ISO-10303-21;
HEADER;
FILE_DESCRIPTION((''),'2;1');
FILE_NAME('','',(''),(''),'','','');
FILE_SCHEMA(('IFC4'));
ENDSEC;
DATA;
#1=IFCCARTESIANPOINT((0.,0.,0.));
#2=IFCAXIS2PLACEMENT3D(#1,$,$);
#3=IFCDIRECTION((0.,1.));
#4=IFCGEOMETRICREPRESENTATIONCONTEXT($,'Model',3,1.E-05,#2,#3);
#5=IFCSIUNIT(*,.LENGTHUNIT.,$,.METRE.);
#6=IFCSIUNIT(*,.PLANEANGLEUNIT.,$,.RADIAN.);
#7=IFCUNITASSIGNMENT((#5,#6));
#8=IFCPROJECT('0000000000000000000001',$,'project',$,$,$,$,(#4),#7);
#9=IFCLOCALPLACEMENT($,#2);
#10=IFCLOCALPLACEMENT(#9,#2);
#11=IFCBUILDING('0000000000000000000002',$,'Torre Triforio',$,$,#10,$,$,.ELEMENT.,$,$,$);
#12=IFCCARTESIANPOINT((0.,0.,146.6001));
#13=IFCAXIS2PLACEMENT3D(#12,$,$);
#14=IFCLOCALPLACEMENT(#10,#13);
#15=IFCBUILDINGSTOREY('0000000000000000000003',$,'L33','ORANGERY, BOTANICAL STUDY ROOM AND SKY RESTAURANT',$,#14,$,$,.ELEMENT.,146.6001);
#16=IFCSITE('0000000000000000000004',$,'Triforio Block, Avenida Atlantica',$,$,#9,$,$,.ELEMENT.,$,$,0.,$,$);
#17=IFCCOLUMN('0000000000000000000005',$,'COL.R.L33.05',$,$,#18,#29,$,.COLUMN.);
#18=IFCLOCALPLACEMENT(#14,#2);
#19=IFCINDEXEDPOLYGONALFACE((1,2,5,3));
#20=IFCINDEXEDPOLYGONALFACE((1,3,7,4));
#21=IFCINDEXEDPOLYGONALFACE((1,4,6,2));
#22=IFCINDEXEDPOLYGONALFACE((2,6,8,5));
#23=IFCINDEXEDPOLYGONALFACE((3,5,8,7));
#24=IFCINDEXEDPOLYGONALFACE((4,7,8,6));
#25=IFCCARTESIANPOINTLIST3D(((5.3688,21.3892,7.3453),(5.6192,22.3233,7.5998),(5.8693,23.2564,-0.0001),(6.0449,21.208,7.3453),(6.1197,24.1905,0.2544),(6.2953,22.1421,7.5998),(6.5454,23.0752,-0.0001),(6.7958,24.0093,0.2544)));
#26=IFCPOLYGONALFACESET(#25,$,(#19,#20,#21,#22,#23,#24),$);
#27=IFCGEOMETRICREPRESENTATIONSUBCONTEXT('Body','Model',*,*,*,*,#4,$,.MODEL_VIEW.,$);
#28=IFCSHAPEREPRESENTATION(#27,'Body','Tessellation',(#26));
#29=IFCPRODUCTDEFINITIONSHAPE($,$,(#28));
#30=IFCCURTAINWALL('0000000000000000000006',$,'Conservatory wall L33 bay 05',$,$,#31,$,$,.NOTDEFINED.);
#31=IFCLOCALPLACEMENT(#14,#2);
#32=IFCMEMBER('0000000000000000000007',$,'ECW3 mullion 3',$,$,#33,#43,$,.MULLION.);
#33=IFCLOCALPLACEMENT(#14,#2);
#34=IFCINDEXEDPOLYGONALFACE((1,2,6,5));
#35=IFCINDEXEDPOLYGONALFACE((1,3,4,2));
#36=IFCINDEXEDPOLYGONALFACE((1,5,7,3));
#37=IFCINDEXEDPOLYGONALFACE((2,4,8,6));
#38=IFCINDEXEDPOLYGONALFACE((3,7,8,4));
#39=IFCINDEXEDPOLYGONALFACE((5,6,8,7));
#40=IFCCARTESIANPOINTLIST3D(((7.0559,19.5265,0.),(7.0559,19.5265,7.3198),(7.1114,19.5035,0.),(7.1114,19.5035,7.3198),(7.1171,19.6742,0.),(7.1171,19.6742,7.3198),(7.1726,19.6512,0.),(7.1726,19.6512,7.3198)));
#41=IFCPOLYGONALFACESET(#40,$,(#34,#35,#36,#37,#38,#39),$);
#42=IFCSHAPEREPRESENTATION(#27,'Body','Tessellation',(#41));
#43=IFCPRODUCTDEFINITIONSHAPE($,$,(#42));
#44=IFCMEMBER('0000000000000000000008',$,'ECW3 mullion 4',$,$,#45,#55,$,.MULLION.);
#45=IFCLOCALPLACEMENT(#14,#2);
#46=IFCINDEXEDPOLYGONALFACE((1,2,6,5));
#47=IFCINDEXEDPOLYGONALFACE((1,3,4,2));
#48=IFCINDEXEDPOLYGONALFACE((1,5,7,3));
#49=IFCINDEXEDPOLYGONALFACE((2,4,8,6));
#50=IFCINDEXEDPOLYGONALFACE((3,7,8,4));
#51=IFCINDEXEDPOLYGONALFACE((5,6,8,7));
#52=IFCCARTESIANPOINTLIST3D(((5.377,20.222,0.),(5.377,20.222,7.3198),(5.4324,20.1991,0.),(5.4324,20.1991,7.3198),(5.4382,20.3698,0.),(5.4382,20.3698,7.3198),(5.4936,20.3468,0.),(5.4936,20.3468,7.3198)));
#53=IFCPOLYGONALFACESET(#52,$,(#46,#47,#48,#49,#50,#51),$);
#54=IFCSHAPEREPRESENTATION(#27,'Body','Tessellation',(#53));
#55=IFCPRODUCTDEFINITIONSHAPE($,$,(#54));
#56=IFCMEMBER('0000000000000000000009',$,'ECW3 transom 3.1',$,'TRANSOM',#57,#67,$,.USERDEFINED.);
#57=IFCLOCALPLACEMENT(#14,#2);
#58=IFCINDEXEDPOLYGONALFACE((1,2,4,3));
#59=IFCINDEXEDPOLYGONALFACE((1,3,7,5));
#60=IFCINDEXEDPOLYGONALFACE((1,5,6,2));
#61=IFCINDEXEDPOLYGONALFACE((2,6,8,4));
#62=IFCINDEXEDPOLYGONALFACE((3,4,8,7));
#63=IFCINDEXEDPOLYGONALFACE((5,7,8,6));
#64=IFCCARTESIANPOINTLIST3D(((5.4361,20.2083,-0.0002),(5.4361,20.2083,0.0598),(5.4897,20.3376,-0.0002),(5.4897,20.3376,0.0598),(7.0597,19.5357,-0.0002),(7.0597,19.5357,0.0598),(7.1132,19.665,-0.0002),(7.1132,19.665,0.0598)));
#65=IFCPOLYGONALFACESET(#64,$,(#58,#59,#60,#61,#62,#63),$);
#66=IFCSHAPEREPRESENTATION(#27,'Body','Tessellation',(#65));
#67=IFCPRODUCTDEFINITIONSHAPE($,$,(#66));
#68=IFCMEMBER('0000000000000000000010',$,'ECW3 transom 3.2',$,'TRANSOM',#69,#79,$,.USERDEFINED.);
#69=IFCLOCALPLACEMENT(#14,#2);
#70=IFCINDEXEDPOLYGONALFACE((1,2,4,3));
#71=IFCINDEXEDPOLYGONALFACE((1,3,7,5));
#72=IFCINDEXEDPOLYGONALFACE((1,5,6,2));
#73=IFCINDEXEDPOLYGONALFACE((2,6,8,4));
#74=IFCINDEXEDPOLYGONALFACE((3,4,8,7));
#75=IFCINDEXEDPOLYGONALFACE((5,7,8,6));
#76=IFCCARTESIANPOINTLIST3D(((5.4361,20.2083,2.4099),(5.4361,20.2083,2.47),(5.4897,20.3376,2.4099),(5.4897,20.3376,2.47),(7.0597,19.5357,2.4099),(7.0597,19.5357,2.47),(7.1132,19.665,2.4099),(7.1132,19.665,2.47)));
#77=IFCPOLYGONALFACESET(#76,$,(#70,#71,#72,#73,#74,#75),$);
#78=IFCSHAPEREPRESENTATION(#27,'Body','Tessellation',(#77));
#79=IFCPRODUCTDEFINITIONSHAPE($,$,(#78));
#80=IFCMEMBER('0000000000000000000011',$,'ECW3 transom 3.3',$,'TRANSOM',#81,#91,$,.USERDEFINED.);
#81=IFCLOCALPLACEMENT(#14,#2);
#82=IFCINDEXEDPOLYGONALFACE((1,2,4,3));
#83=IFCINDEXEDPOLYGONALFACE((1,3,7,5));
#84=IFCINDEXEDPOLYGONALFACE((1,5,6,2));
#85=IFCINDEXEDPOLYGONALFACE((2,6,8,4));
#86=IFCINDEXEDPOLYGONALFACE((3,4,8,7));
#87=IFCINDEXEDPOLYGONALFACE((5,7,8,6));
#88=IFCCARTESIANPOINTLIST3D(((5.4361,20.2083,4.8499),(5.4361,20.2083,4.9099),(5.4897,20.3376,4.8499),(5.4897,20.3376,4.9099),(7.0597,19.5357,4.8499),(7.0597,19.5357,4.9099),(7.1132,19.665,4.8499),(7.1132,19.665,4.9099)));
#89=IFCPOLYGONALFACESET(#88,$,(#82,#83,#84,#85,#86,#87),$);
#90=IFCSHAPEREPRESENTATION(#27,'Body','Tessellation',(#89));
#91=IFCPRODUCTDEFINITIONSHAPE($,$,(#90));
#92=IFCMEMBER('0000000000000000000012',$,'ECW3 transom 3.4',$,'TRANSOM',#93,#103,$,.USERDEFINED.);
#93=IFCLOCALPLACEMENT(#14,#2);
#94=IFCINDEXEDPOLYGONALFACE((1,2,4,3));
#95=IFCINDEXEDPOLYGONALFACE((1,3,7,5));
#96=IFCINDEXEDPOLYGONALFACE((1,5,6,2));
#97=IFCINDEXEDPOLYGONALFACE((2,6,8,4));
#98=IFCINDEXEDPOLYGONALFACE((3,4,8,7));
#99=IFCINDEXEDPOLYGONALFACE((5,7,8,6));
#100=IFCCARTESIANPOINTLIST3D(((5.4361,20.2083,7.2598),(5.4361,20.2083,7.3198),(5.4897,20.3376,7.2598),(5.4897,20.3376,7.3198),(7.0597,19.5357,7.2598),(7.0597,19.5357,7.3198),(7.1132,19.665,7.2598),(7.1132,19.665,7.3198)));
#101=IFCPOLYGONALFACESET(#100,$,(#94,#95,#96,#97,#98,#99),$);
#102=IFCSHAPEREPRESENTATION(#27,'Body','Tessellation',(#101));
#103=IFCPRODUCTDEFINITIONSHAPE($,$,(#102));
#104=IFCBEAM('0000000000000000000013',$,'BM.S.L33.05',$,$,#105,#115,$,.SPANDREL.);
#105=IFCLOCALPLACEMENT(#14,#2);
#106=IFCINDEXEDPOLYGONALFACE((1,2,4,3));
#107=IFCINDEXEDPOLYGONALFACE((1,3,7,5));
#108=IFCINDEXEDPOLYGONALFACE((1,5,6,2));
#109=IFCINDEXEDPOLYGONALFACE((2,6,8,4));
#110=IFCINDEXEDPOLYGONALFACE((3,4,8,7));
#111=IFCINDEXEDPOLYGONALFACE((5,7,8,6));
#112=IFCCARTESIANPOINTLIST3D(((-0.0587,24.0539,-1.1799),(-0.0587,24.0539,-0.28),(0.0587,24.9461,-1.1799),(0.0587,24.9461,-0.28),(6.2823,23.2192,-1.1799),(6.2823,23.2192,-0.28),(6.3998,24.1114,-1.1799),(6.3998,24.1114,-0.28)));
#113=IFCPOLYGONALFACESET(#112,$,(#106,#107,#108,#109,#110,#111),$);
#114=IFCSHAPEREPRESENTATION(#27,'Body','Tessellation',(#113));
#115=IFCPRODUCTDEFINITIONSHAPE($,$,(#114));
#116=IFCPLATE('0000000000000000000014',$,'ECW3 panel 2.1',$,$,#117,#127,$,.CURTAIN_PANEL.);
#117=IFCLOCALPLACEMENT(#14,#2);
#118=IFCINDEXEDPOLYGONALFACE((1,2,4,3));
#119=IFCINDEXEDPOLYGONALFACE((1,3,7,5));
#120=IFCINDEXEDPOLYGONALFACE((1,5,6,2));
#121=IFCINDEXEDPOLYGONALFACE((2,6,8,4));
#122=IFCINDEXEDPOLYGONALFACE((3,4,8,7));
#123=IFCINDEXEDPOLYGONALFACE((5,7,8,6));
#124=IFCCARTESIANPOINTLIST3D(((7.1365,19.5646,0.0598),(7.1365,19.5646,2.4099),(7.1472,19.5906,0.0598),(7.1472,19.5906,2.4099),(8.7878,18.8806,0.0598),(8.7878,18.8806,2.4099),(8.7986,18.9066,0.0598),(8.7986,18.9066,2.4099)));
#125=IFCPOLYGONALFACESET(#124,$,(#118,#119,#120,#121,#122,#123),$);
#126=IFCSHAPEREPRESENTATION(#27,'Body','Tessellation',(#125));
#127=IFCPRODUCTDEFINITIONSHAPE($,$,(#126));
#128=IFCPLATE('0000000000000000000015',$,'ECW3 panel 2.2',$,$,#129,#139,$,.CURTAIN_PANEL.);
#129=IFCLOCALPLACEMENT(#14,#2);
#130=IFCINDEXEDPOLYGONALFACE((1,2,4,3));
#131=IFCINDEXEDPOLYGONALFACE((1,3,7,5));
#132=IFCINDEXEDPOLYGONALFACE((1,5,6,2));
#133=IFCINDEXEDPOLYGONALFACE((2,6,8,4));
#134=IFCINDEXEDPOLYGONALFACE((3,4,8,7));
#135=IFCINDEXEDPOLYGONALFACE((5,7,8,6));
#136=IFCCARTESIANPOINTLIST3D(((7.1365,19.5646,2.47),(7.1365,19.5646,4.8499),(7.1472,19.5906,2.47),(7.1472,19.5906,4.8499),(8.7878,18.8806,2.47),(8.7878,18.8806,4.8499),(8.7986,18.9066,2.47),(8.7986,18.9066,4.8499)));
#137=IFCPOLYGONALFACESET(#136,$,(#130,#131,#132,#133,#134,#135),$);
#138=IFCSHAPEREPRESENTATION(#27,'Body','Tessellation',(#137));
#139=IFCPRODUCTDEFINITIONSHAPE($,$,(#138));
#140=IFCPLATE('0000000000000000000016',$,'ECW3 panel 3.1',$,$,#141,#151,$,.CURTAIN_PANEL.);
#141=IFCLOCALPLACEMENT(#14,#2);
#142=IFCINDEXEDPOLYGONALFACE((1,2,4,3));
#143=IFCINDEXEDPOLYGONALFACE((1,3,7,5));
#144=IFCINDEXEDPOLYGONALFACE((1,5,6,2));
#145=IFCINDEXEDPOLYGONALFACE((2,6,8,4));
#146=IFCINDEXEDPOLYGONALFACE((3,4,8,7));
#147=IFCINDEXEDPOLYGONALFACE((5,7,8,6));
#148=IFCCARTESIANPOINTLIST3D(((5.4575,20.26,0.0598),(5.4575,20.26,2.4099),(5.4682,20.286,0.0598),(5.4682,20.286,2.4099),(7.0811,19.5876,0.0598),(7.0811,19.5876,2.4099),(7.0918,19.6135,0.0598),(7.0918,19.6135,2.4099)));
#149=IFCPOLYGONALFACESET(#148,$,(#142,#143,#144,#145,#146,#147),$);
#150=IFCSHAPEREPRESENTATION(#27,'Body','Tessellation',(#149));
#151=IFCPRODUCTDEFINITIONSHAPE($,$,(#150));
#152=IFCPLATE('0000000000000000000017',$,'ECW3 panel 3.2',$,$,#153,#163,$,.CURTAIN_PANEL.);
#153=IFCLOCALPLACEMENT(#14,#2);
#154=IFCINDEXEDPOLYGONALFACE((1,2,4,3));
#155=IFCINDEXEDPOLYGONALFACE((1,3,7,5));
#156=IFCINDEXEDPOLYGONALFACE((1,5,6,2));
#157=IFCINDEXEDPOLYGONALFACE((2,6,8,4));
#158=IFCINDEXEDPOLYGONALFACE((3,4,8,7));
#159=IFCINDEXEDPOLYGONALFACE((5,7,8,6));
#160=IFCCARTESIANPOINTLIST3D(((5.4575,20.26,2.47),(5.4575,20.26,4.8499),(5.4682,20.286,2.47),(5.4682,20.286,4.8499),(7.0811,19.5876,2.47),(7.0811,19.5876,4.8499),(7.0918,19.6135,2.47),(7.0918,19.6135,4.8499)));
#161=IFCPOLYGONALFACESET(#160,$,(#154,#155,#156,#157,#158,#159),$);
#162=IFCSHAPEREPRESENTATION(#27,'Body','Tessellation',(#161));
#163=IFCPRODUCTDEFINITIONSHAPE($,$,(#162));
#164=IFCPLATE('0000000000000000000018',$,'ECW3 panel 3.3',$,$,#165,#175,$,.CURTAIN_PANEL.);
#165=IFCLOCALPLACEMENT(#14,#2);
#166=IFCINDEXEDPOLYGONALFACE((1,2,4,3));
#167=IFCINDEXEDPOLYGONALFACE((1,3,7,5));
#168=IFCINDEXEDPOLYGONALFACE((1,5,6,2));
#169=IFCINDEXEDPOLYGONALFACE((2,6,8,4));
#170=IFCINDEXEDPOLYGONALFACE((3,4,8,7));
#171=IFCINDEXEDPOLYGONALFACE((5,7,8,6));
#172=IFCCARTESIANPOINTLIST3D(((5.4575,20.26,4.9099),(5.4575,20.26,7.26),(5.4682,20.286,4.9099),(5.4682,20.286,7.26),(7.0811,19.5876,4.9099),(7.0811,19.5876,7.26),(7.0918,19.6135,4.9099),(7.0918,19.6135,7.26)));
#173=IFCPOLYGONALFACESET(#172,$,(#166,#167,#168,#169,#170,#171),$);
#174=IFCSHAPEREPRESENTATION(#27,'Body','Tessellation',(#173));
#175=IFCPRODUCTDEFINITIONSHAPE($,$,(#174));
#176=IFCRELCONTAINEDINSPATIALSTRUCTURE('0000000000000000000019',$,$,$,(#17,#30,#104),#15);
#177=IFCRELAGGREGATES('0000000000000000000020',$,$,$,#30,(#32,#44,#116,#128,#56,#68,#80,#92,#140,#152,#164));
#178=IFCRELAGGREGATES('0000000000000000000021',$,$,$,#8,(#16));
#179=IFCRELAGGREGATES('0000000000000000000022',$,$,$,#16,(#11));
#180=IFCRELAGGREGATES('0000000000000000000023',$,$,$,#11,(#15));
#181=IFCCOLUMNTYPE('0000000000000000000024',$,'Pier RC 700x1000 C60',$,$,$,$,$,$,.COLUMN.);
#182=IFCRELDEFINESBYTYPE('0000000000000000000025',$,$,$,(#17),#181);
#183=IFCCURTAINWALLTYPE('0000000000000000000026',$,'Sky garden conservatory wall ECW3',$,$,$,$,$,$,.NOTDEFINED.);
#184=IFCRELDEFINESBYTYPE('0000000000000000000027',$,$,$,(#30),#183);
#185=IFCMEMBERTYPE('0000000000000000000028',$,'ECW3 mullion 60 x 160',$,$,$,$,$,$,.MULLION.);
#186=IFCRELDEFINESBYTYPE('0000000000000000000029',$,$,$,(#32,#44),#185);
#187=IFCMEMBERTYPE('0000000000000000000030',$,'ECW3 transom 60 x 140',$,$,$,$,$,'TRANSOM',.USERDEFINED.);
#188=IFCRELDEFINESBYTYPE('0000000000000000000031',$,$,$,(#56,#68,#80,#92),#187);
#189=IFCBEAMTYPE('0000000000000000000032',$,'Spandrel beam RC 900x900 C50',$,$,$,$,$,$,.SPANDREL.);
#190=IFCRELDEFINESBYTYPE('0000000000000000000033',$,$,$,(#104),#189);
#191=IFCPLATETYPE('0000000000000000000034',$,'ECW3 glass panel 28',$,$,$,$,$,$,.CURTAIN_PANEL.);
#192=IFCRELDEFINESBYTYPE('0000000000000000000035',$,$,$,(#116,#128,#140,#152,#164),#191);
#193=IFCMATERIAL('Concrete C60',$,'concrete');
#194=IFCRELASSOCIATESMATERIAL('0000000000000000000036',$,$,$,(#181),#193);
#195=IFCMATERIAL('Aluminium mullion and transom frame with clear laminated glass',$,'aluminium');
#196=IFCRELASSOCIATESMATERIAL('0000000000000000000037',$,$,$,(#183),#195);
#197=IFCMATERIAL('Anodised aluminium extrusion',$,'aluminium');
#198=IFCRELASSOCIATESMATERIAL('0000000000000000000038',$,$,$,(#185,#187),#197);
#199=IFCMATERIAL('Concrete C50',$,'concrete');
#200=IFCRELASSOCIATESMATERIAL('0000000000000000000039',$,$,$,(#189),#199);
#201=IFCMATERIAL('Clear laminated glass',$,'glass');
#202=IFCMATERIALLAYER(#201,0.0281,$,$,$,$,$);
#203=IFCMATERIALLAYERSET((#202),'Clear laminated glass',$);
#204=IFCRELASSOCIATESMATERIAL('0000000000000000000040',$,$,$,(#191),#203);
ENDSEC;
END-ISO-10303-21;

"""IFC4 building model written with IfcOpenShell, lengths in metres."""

from ifc_helpers import new_model, si_unit, direction, frame, origin, origin_2d, place, context, subcontext, project, spatial, rectangle, extrude, material, layer, layer_set, material_profile, profile_set, type_object, element, aggregate, save


model = new_model("IFC4")

# Units and contexts
model_context = context("Model", 3, precision=1e-05, world=origin(), true_north=direction((0.0, 1.0)))
body_context = subcontext(model_context, "Body", "Model", "MODEL_VIEW")
ifc_project = project(units=[si_unit("LENGTHUNIT", "METRE"), si_unit("PLANEANGLEUNIT", "RADIAN")], contexts=[model_context])

# Site, building, storey
site_placement = place(None, origin())
site = spatial("IfcSite", under=ifc_project, at=site_placement, Name="Triforio Block, Avenida Atlantica", CompositionType="ELEMENT", RefElevation=0.0)
building_placement = place(site_placement, origin())
building = spatial("IfcBuilding", under=site, at=building_placement, Name="Torre Triforio", CompositionType="ELEMENT")
storey_placement = place(building_placement, frame((0.0, 0.0, 146.6001)))
storey = spatial("IfcBuildingStorey", under=building, at=storey_placement, Name="L33", Description="ORANGERY, BOTANICAL STUDY ROOM AND SKY RESTAURANT", CompositionType="ELEMENT", Elevation=146.6001)

# Column
ifc_material_1 = material(Name="Concrete C60", Category="concrete")
ifc_material_profile_1 = material_profile(ifc_material_1, rectangle(XDim=0.7, YDim=1.0, at=origin_2d()), Name="RC 700x1000")
ifc_profile_set_1 = profile_set([ifc_material_profile_1], Name="Concrete C60")
column_type = type_object("IfcColumnType", Name="Pier RC 700x1000 C60", PredefinedType="COLUMN", material=ifc_profile_set_1)
column_placement = place(storey_placement, frame((6.3325, 23.6328, 0.1272), z_axis=(-0.065892, -0.245826, 0.967072), x_axis=(0.965903, -0.258904, 0.0)))
element("IfcColumn", 1, at=column_placement, inside=storey, type_object=column_type, Name="COL.R.L33.05", PredefinedType="COLUMN", context=body_context, shape_type="SweptSolid", body=[
    extrude(rectangle(XDim=0.7, YDim=1.0, at=origin_2d()), origin(), (0.0, 0.0, 1.0), 7.5955),
])

# Curtain wall, members
ifc_material_2 = material(Name="Aluminium mullion and transom frame with clear laminated glass", Category="aluminium")
curtain_wall_type = type_object("IfcCurtainWallType", Name="Sky garden conservatory wall ECW3", PredefinedType="NOTDEFINED", material=ifc_material_2)
curtain_wall_placement = place(storey_placement, origin())
curtain_wall = element("IfcCurtainWall", 2, at=curtain_wall_placement, inside=storey, type_object=curtain_wall_type, Name="Conservatory wall L33 bay 05", PredefinedType="NOTDEFINED")
ifc_material_3 = material(Name="Anodised aluminium extrusion", Category="aluminium")
ifc_material_profile_2 = material_profile(ifc_material_3, rectangle(XDim=0.1599, YDim=0.0601, at=origin_2d()), Name="ECW3 MULLION 60x160")
ifc_profile_set_2 = profile_set([ifc_material_profile_2], Name="Anodised aluminium extrusion")
member_type_1 = type_object("IfcMemberType", Name="ECW3 mullion 60 x 160", PredefinedType="MULLION", material=ifc_profile_set_2)
member_1_placement = place(storey_placement, frame((7.1143, 19.5889, 0.0), z_axis=(0.0, 0.0, 1.0), x_axis=(-0.382675, -0.923883, 0.0)))
member_1 = element("IfcMember", 3, at=member_1_placement, type_object=member_type_1, Name="ECW3 mullion 3", PredefinedType="MULLION", context=body_context, shape_type="SweptSolid", body=[
    extrude(rectangle(XDim=0.1599, YDim=0.0601, at=origin_2d()), origin(), (0.0, 0.0, 1.0), 7.3198),
])
member_2_placement = place(storey_placement, frame((5.4353, 20.2844, 0.0), z_axis=(0.0, 0.0, 1.0), x_axis=(-0.382675, -0.923883, 0.0)))
member_2 = element("IfcMember", 4, at=member_2_placement, type_object=member_type_1, Name="ECW3 mullion 4", PredefinedType="MULLION", context=body_context, shape_type="SweptSolid", body=[
    extrude(rectangle(XDim=0.1599, YDim=0.0601, at=origin_2d()), origin(), (0.0, 0.0, 1.0), 7.3198),
])
ifc_material_profile_3 = material_profile(ifc_material_3, rectangle(XDim=0.1399, YDim=0.0601, at=origin_2d()), Name="ECW3 TRANSOM 60x140")
ifc_profile_set_3 = profile_set([ifc_material_profile_3], Name="Anodised aluminium extrusion")
member_type_2 = type_object("IfcMemberType", Name="ECW3 transom 60 x 140", ElementType="TRANSOM", PredefinedType="USERDEFINED", material=ifc_profile_set_3)
member_3_placement = place(storey_placement, frame((7.0864, 19.6003, 0.0298), z_axis=(-0.923856, 0.38274, 0.0), x_axis=(-0.38274, -0.923856, 0.0)))
member_3 = element("IfcMember", 5, at=member_3_placement, type_object=member_type_2, Name="ECW3 transom 3.1", ObjectType="TRANSOM", PredefinedType="USERDEFINED", context=body_context, shape_type="SweptSolid", body=[
    extrude(rectangle(XDim=0.1399, YDim=0.0601, at=origin_2d()), origin(), (0.0, 0.0, 1.0), 1.7573),
])
member_4_placement = place(storey_placement, frame((7.0864, 19.6003, 2.4399), z_axis=(-0.923856, 0.38274, 0.0), x_axis=(-0.38274, -0.923856, 0.0)))
member_4 = element("IfcMember", 6, at=member_4_placement, type_object=member_type_2, Name="ECW3 transom 3.2", ObjectType="TRANSOM", PredefinedType="USERDEFINED", context=body_context, shape_type="SweptSolid", body=[
    extrude(rectangle(XDim=0.1399, YDim=0.0601, at=origin_2d()), origin(), (0.0, 0.0, 1.0), 1.7573),
])
member_5_placement = place(storey_placement, frame((7.0864, 19.6003, 4.8799), z_axis=(-0.923856, 0.38274, 0.0), x_axis=(-0.38274, -0.923856, 0.0)))
member_5 = element("IfcMember", 7, at=member_5_placement, type_object=member_type_2, Name="ECW3 transom 3.3", ObjectType="TRANSOM", PredefinedType="USERDEFINED", context=body_context, shape_type="SweptSolid", body=[
    extrude(rectangle(XDim=0.1399, YDim=0.0601, at=origin_2d()), origin(), (0.0, 0.0, 1.0), 1.7573),
])
member_6_placement = place(storey_placement, frame((7.0864, 19.6003, 7.2898), z_axis=(-0.923856, 0.38274, 0.0), x_axis=(-0.38274, -0.923856, 0.0)))
member_6 = element("IfcMember", 8, at=member_6_placement, type_object=member_type_2, Name="ECW3 transom 3.4", ObjectType="TRANSOM", PredefinedType="USERDEFINED", context=body_context, shape_type="SweptSolid", body=[
    extrude(rectangle(XDim=0.1399, YDim=0.0601, at=origin_2d()), origin(), (0.0, 0.0, 1.0), 1.7573),
])

# Beam
ifc_material_4 = material(Name="Concrete C50", Category="concrete")
ifc_material_profile_4 = material_profile(ifc_material_4, rectangle(XDim=0.8999, YDim=0.8999, at=origin_2d()), Name="RC 900x900")
ifc_profile_set_4 = profile_set([ifc_material_profile_4], Name="Concrete C50")
beam_type = type_object("IfcBeamType", Name="Spandrel beam RC 900x900 C50", PredefinedType="SPANDREL", material=ifc_profile_set_4)
beam_placement = place(storey_placement, frame((6.3411, 23.6653, -0.73), z_axis=(-0.991447, 0.130511, 0.0), x_axis=(-0.130511, -0.991447, 0.0)))
element("IfcBeam", 9, at=beam_placement, inside=storey, type_object=beam_type, Name="BM.S.L33.05", PredefinedType="SPANDREL", context=body_context, shape_type="SweptSolid", body=[
    extrude(rectangle(XDim=0.8999, YDim=0.8999, at=origin_2d()), origin(), (0.0, 0.0, 1.0), 6.3958),
])

# Plates
ifc_material_5 = material(Name="Clear laminated glass", Category="glass")
ifc_layer_1 = layer(ifc_material_5, 0.0281)
ifc_layer_set_1 = layer_set([ifc_layer_1], Name="Clear laminated glass")
plate_type = type_object("IfcPlateType", Name="ECW3 glass panel 28", PredefinedType="CURTAIN_PANEL", material=ifc_layer_set_1)
plate_1_placement = place(storey_placement, frame((7.9675, 19.2356, 0.0598), z_axis=(0.0, 0.0, 1.0), x_axis=(-0.923883, 0.382675, 0.0)))
plate_1 = element("IfcPlate", 10, at=plate_1_placement, type_object=plate_type, Name="ECW3 panel 2.1", PredefinedType="CURTAIN_PANEL", context=body_context, shape_type="SweptSolid", body=[
    extrude(rectangle(XDim=1.7874, YDim=0.0281, at=origin_2d()), origin(), (0.0, 0.0, 1.0), 2.3501),
])
plate_2_placement = place(storey_placement, frame((7.9675, 19.2356, 2.47), z_axis=(0.0, 0.0, 1.0), x_axis=(-0.923883, 0.382675, 0.0)))
plate_2 = element("IfcPlate", 11, at=plate_2_placement, type_object=plate_type, Name="ECW3 panel 2.2", PredefinedType="CURTAIN_PANEL", context=body_context, shape_type="SweptSolid", body=[
    extrude(rectangle(XDim=1.7874, YDim=0.0281, at=origin_2d()), origin(), (0.0, 0.0, 1.0), 2.3799),
])
plate_3_placement = place(storey_placement, frame((6.2747, 19.9368, 0.0598), z_axis=(0.0, 0.0, 1.0), x_axis=(-0.923883, 0.382675, 0.0)))
plate_3 = element("IfcPlate", 12, at=plate_3_placement, type_object=plate_type, Name="ECW3 panel 3.1", PredefinedType="CURTAIN_PANEL", context=body_context, shape_type="SweptSolid", body=[
    extrude(rectangle(XDim=1.7573, YDim=0.0281, at=origin_2d()), origin(), (0.0, 0.0, 1.0), 2.3501),
])
plate_4_placement = place(storey_placement, frame((6.2747, 19.9368, 2.47), z_axis=(0.0, 0.0, 1.0), x_axis=(-0.923883, 0.382675, 0.0)))
plate_4 = element("IfcPlate", 13, at=plate_4_placement, type_object=plate_type, Name="ECW3 panel 3.2", PredefinedType="CURTAIN_PANEL", context=body_context, shape_type="SweptSolid", body=[
    extrude(rectangle(XDim=1.7573, YDim=0.0281, at=origin_2d()), origin(), (0.0, 0.0, 1.0), 2.3799),
])
plate_5_placement = place(storey_placement, frame((6.2747, 19.9368, 4.9099), z_axis=(0.0, 0.0, 1.0), x_axis=(-0.923883, 0.382675, 0.0)))
plate_5 = element("IfcPlate", 14, at=plate_5_placement, type_object=plate_type, Name="ECW3 panel 3.3", PredefinedType="CURTAIN_PANEL", context=body_context, shape_type="SweptSolid", body=[
    extrude(rectangle(XDim=1.7573, YDim=0.0281, at=origin_2d()), origin(), (0.0, 0.0, 1.0), 2.3501),
])
aggregate(curtain_wall, [member_1, member_2, plate_1, plate_2, member_3, member_4, member_5, member_6, plate_3, plate_4, plate_5])

save(model, "model.ifc")
